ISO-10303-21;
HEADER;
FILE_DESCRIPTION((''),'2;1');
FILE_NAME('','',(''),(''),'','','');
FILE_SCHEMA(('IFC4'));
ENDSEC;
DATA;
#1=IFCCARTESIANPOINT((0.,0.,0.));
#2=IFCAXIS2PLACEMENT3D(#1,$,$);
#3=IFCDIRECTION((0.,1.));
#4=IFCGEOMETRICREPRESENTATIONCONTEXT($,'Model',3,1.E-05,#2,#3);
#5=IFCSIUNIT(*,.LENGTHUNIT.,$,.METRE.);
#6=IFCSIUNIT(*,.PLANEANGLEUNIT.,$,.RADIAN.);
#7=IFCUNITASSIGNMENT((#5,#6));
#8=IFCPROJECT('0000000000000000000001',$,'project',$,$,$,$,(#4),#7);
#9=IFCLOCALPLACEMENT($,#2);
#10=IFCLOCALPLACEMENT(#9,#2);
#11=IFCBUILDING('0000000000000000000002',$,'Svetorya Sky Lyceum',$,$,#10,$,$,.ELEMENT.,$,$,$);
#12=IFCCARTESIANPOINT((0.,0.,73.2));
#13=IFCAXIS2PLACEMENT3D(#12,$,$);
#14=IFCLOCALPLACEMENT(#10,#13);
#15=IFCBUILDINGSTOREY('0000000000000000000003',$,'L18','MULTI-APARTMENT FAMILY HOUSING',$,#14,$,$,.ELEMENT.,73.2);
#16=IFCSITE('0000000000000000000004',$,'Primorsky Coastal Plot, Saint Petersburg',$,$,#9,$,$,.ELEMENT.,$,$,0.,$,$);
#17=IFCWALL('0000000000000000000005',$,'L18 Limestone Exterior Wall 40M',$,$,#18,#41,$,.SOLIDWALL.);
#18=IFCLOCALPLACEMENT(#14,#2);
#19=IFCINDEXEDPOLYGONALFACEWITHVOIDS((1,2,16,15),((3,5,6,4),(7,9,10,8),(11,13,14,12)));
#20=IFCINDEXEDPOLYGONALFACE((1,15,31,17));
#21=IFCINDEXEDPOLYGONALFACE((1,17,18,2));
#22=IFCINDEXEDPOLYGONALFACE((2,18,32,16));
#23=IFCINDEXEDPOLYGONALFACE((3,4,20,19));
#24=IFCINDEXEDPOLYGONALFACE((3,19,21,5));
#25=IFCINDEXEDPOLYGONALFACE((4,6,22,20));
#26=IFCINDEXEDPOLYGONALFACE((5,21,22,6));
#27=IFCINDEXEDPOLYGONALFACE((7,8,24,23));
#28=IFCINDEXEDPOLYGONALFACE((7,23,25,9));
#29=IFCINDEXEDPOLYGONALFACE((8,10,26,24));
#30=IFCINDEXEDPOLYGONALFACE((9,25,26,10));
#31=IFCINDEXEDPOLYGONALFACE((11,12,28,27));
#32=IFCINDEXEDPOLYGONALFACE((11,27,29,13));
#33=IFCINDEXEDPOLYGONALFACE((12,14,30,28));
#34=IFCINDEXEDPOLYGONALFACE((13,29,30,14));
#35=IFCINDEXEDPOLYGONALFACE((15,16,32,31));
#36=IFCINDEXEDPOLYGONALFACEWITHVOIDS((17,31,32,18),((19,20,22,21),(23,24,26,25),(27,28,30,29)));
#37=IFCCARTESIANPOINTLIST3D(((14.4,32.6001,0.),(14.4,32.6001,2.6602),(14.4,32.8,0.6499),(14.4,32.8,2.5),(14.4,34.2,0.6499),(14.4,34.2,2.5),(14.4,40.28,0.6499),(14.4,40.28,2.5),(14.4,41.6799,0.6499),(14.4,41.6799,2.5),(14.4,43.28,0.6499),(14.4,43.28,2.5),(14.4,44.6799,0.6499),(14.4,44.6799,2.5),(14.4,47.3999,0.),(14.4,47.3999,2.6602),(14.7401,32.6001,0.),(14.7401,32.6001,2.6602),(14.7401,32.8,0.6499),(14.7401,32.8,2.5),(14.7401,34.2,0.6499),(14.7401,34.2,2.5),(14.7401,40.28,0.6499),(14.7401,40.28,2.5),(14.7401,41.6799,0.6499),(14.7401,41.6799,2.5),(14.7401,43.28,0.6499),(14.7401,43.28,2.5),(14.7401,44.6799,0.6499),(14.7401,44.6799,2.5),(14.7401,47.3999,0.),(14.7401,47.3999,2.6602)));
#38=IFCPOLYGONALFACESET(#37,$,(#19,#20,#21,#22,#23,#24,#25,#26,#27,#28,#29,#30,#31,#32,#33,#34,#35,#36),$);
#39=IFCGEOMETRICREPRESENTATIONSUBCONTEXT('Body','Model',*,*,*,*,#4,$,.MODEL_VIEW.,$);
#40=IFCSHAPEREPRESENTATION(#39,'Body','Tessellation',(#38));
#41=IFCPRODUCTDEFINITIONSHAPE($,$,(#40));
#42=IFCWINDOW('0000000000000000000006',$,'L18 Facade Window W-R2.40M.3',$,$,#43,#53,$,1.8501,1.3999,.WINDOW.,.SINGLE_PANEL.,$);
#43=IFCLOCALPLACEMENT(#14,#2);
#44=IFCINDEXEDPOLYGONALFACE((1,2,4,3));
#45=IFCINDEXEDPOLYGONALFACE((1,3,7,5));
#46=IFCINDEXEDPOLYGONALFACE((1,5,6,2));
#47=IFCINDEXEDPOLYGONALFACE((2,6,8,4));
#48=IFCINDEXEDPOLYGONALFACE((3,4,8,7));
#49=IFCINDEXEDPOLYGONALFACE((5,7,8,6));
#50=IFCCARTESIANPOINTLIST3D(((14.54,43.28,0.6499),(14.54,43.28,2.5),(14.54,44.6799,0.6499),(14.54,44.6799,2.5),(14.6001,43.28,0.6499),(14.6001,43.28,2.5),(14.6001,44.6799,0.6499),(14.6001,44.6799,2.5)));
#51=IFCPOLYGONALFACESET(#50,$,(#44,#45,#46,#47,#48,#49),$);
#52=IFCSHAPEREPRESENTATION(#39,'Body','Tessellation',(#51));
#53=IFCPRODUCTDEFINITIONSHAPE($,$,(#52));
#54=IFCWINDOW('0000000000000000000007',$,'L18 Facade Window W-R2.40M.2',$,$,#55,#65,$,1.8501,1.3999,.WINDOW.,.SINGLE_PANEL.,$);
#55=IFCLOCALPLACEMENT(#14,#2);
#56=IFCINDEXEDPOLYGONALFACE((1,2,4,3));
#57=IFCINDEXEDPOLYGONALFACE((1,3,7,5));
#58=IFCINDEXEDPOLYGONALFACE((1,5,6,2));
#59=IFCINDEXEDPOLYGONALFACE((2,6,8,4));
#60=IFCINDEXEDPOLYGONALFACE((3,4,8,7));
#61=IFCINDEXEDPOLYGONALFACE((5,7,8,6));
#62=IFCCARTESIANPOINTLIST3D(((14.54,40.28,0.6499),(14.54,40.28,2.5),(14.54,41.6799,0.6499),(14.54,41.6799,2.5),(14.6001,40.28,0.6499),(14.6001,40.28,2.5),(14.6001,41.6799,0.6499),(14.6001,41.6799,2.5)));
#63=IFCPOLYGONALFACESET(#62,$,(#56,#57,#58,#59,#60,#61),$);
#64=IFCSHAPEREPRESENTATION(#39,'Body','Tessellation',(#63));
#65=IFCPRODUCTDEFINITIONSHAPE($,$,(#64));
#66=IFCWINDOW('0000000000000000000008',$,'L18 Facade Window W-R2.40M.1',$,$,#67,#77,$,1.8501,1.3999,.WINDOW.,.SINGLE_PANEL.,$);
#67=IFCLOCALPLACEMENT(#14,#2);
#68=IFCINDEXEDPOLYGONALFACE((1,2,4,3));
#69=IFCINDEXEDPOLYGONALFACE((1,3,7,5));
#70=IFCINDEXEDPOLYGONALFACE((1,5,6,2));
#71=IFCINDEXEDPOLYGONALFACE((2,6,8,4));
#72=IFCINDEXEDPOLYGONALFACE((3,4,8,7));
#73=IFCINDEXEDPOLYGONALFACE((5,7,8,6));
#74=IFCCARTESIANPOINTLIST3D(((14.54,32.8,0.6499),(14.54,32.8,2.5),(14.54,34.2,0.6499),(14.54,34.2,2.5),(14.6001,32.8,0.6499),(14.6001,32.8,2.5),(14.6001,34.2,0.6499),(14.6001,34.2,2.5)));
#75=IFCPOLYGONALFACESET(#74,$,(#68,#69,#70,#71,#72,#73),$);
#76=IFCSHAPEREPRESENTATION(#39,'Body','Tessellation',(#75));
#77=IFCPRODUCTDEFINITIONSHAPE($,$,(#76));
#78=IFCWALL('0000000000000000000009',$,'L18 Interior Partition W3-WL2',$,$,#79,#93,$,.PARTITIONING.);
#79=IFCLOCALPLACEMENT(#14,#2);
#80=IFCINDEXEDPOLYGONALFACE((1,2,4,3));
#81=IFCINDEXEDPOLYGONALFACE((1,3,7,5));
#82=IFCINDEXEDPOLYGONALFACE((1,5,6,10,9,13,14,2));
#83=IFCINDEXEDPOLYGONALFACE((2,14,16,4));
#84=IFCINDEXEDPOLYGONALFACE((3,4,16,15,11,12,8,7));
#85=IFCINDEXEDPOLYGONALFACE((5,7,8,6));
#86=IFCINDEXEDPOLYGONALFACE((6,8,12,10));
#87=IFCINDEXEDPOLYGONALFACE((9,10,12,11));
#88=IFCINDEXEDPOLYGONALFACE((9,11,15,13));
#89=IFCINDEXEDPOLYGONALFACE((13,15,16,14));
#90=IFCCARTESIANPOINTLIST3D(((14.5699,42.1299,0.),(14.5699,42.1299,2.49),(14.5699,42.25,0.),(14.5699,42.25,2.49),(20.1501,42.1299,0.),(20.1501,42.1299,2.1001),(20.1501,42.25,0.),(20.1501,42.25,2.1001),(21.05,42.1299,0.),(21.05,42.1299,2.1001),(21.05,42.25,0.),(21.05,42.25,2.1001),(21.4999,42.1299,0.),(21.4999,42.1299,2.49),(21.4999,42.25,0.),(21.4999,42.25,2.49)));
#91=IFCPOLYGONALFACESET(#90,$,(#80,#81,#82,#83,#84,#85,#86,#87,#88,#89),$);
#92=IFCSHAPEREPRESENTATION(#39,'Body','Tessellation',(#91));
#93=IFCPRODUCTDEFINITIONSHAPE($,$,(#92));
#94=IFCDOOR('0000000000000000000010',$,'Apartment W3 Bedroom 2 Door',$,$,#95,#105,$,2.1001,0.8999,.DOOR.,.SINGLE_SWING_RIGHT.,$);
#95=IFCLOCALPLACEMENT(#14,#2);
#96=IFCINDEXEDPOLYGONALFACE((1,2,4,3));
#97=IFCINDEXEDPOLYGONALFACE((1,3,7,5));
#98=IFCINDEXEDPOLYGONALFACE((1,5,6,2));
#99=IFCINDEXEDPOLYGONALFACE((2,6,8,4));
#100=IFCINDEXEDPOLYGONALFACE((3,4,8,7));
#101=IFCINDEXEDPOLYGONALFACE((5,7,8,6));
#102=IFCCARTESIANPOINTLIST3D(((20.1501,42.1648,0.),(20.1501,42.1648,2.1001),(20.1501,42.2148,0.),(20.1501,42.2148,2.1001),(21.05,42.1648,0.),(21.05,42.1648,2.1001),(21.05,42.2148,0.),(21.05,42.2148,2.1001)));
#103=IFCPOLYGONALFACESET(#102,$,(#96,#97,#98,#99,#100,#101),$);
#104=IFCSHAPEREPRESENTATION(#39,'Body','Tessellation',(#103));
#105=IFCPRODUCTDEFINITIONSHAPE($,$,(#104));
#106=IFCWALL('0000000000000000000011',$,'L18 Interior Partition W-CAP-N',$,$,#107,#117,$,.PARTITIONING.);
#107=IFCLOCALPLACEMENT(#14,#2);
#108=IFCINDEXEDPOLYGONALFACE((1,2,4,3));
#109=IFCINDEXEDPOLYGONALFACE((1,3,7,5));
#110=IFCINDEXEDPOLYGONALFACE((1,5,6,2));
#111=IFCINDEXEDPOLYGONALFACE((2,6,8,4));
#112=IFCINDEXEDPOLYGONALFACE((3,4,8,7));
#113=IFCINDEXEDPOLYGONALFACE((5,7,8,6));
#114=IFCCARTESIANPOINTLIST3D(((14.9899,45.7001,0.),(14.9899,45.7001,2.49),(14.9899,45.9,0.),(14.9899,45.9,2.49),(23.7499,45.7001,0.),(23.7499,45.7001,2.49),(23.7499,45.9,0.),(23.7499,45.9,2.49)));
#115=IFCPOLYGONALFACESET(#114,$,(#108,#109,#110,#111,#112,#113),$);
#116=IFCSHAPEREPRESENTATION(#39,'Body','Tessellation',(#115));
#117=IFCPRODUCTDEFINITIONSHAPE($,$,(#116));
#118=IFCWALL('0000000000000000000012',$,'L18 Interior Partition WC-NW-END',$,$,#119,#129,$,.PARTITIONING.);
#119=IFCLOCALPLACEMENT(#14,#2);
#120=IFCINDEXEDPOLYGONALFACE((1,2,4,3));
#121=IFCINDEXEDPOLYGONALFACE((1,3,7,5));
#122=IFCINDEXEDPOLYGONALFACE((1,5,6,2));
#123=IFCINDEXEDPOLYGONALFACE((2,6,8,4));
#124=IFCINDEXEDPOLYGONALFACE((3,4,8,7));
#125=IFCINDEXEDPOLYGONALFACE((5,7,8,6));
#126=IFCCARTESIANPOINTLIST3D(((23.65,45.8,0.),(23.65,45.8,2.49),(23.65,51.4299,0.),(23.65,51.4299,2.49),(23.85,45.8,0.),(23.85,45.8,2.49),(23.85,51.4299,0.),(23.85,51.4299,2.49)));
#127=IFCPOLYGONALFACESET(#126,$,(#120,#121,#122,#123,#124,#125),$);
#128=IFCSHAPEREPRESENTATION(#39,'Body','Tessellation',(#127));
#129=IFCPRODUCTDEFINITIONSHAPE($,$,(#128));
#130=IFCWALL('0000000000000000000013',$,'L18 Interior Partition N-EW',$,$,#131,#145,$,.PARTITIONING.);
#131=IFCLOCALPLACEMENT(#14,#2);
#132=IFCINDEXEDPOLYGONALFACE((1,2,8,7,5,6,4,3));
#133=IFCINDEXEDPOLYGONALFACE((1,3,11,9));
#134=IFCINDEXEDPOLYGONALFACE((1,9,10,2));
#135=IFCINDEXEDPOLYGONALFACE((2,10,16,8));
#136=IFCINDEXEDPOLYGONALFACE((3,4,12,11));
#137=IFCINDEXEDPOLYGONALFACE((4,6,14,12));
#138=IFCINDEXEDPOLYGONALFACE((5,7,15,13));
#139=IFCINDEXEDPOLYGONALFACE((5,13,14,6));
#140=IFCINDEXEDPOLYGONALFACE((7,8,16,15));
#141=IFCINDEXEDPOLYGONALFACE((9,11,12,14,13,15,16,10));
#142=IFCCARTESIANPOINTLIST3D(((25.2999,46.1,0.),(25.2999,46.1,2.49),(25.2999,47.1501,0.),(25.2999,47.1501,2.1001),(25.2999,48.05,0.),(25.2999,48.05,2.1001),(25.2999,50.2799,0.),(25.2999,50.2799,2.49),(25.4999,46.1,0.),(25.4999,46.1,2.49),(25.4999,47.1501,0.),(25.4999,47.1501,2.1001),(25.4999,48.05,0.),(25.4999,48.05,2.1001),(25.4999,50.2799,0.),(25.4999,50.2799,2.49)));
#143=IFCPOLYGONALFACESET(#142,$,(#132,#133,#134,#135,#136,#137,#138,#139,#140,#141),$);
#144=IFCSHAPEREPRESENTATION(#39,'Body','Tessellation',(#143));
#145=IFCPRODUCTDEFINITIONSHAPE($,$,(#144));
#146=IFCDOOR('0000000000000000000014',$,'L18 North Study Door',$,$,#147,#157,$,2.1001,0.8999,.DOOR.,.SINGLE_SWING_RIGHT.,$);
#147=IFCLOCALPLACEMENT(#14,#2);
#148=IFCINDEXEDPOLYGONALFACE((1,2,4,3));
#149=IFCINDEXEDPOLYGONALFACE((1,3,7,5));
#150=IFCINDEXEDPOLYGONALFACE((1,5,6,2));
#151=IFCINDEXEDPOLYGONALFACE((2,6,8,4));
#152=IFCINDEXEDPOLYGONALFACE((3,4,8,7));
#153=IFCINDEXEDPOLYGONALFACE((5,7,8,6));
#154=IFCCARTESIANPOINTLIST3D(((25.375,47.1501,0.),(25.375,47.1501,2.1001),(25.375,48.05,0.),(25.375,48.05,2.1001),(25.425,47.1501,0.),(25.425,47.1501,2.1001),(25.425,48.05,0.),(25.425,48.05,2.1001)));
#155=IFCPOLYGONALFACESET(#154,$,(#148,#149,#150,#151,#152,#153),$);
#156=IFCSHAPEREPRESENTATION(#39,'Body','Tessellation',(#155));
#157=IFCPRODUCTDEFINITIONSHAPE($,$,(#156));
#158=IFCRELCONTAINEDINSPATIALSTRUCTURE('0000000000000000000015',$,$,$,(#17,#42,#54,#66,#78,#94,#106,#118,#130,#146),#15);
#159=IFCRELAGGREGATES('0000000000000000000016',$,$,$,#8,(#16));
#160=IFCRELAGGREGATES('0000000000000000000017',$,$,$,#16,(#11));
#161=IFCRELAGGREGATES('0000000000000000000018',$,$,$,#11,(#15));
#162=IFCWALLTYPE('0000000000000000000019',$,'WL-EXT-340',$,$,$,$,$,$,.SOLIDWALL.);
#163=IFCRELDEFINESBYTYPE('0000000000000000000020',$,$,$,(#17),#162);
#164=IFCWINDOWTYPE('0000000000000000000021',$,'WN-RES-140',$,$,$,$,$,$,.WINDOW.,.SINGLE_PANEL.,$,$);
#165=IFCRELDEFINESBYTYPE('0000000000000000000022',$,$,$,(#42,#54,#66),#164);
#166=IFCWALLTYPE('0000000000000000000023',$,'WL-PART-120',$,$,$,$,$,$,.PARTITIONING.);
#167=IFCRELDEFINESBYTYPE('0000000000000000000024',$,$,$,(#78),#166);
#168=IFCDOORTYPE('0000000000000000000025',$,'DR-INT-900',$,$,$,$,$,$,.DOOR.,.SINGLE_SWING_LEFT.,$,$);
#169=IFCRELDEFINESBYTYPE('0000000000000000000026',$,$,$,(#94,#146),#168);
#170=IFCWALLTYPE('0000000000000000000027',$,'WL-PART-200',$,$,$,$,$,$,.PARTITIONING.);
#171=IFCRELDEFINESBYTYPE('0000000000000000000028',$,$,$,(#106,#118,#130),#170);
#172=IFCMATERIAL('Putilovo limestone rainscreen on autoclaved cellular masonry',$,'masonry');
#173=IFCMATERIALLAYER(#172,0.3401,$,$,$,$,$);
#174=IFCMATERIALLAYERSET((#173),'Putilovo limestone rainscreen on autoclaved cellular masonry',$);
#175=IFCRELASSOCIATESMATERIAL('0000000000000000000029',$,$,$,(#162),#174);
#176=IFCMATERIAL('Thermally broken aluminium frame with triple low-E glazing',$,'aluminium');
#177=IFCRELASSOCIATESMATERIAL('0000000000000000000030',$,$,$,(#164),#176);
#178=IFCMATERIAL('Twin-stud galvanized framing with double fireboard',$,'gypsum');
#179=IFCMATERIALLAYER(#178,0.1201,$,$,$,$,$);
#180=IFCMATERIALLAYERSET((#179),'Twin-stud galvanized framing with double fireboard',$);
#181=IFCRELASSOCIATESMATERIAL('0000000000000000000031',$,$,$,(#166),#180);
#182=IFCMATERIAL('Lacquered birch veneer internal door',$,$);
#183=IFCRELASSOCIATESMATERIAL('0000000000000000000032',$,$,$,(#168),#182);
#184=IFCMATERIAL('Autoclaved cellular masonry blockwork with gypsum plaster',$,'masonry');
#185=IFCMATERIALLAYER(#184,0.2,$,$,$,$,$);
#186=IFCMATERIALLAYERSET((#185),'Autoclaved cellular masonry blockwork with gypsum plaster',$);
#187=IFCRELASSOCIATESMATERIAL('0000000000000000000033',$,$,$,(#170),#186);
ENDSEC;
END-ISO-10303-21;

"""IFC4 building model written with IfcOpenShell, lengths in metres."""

from ifc_helpers import new_model, si_unit, direction, frame, frame_2d, origin, place, context, subcontext, project, spatial, rectangle, extrude, material, layer, layer_set, type_object, element, fill, save


model = new_model("IFC4")

# Units and contexts
model_context = context("Model", 3, precision=1e-05, world=origin(), true_north=direction((0.0, 1.0)))
body_context = subcontext(model_context, "Body", "Model", "MODEL_VIEW")
ifc_project = project(units=[si_unit("LENGTHUNIT", "METRE"), si_unit("PLANEANGLEUNIT", "RADIAN")], contexts=[model_context])

# Site, building, storey
site_placement = place(None, origin())
site = spatial("IfcSite", under=ifc_project, at=site_placement, Name="Primorsky Coastal Plot, Saint Petersburg", CompositionType="ELEMENT", RefElevation=0.0)
building_placement = place(site_placement, origin())
building = spatial("IfcBuilding", under=site, at=building_placement, Name="Svetorya Sky Lyceum", CompositionType="ELEMENT")
storey_placement = place(building_placement, frame((0.0, 0.0, 73.2)))
storey = spatial("IfcBuildingStorey", under=building, at=storey_placement, Name="L18", Description="MULTI-APARTMENT FAMILY HOUSING", CompositionType="ELEMENT", Elevation=73.2)

# Shared definitions
ifc_material_1 = material(Name="Putilovo limestone rainscreen on autoclaved cellular masonry", Category="masonry")
ifc_layer_1 = layer(ifc_material_1, 0.3401)
ifc_layer_set_1 = layer_set([ifc_layer_1], Name="Putilovo limestone rainscreen on autoclaved cellular masonry")
wall_type_1 = type_object("IfcWallType", Name="WL-EXT-340", PredefinedType="SOLIDWALL", material=ifc_layer_set_1)

# Wall, openings, windows
wall_1_placement = place(storey_placement, frame((14.5701, 47.3999, 0.0), z_axis=(0.0, 0.0, 1.0), x_axis=(0.0, -1.0, 0.0)))
wall_1 = element("IfcWall", 1, at=wall_1_placement, inside=storey, type_object=wall_type_1, Name="L18 Limestone Exterior Wall 40M", PredefinedType="SOLIDWALL", context=body_context, shape_type="SweptSolid", body=[
    extrude(rectangle(XDim=14.7998, YDim=0.3401, at=frame_2d((7.3999, 0.0))), origin(), (0.0, 0.0, 1.0), 2.6602),
])
opening_1_placement = place(wall_1_placement, frame((2.72, 0.0, 0.6499)))
opening_1 = element("IfcOpeningElement", 2, at=opening_1_placement, cuts=wall_1, PredefinedType="OPENING", context=body_context, shape_type="SweptSolid", body=[
    extrude(rectangle(XDim=1.3999, YDim=1.8501, at=frame_2d((0.7, 0.925))), frame((0.0, 0.1799, 0.0), z_axis=(0.0, -1.0, 0.0), x_axis=(1.0, 0.0, 0.0)), (0.0, 0.0, 1.0), 0.3601),
])
opening_2_placement = place(wall_1_placement, frame((5.72, 0.0, 0.6499)))
opening_2 = element("IfcOpeningElement", 3, at=opening_2_placement, cuts=wall_1, PredefinedType="OPENING", context=body_context, shape_type="SweptSolid", body=[
    extrude(rectangle(XDim=1.3999, YDim=1.8501, at=frame_2d((0.7, 0.925))), frame((0.0, 0.1799, 0.0), z_axis=(0.0, -1.0, 0.0), x_axis=(1.0, 0.0, 0.0)), (0.0, 0.0, 1.0), 0.3601),
])
opening_3_placement = place(wall_1_placement, frame((13.2, 0.0, 0.6499)))
opening_3 = element("IfcOpeningElement", 4, at=opening_3_placement, cuts=wall_1, PredefinedType="OPENING", context=body_context, shape_type="SweptSolid", body=[
    extrude(rectangle(XDim=1.3999, YDim=1.8501, at=frame_2d((0.7, 0.925))), frame((0.0, 0.1799, 0.0), z_axis=(0.0, -1.0, 0.0), x_axis=(1.0, 0.0, 0.0)), (0.0, 0.0, 1.0), 0.3601),
])
ifc_material_2 = material(Name="Thermally broken aluminium frame with triple low-E glazing", Category="aluminium")
window_type = type_object("IfcWindowType", Name="WN-RES-140", PartitioningType="SINGLE_PANEL", PredefinedType="WINDOW", material=ifc_material_2)
window_1_placement = place(opening_1_placement, origin())
window_1 = element("IfcWindow", 5, at=window_1_placement, inside=storey, type_object=window_type, Name="L18 Facade Window W-R2.40M.3", OverallHeight=1.8501, OverallWidth=1.3999, PartitioningType="SINGLE_PANEL", PredefinedType="WINDOW", context=body_context, shape_type="SweptSolid", body=[
    extrude(rectangle(XDim=1.3999, YDim=1.8501, at=frame_2d((0.7, 0.925))), frame((0.0, 0.03, 0.0), z_axis=(0.0, -1.0, 0.0), x_axis=(1.0, 0.0, 0.0)), (0.0, 0.0, 1.0), 0.0601),
])
fill(opening_1, window_1)
window_2_placement = place(opening_2_placement, origin())
window_2 = element("IfcWindow", 6, at=window_2_placement, inside=storey, type_object=window_type, Name="L18 Facade Window W-R2.40M.2", OverallHeight=1.8501, OverallWidth=1.3999, PartitioningType="SINGLE_PANEL", PredefinedType="WINDOW", context=body_context, shape_type="SweptSolid", body=[
    extrude(rectangle(XDim=1.3999, YDim=1.8501, at=frame_2d((0.7, 0.925))), frame((0.0, 0.03, 0.0), z_axis=(0.0, -1.0, 0.0), x_axis=(1.0, 0.0, 0.0)), (0.0, 0.0, 1.0), 0.0601),
])
fill(opening_2, window_2)
window_3_placement = place(opening_3_placement, origin())
window_3 = element("IfcWindow", 7, at=window_3_placement, inside=storey, type_object=window_type, Name="L18 Facade Window W-R2.40M.1", OverallHeight=1.8501, OverallWidth=1.3999, PartitioningType="SINGLE_PANEL", PredefinedType="WINDOW", context=body_context, shape_type="SweptSolid", body=[
    extrude(rectangle(XDim=1.3999, YDim=1.8501, at=frame_2d((0.7, 0.925))), frame((0.0, 0.03, 0.0), z_axis=(0.0, -1.0, 0.0), x_axis=(1.0, 0.0, 0.0)), (0.0, 0.0, 1.0), 0.0601),
])
fill(opening_3, window_3)

# Wall, opening, door
ifc_material_3 = material(Name="Twin-stud galvanized framing with double fireboard", Category="gypsum")
ifc_layer_2 = layer(ifc_material_3, 0.1201)
ifc_layer_set_2 = layer_set([ifc_layer_2], Name="Twin-stud galvanized framing with double fireboard")
wall_type_2 = type_object("IfcWallType", Name="WL-PART-120", PredefinedType="PARTITIONING", material=ifc_layer_set_2)
wall_2_placement = place(storey_placement, frame((14.5701, 42.1899, 0.0), z_axis=(0.0, 0.0, 1.0), x_axis=(1.0, 0.0, 0.0)))
wall_2 = element("IfcWall", 8, at=wall_2_placement, inside=storey, type_object=wall_type_2, Name="L18 Interior Partition W3-WL2", PredefinedType="PARTITIONING", context=body_context, shape_type="SweptSolid", body=[
    extrude(rectangle(XDim=6.9299, YDim=0.1201, at=frame_2d((3.4648, 0.0))), origin(), (0.0, 0.0, 1.0), 2.49),
])
opening_4_placement = place(wall_2_placement, frame((5.5801, 0.0, 0.0)))
opening_4 = element("IfcOpeningElement", 9, at=opening_4_placement, cuts=wall_2, PredefinedType="OPENING", context=body_context, shape_type="SweptSolid", body=[
    extrude(rectangle(XDim=0.8999, YDim=2.1001, at=frame_2d((0.45, 1.05))), frame((0.0, 0.0701, 0.0), z_axis=(0.0, -1.0, 0.0), x_axis=(1.0, 0.0, 0.0)), (0.0, 0.0, 1.0), 0.1401),
])
ifc_material_4 = material(Name="Lacquered birch veneer internal door")
door_type = type_object("IfcDoorType", Name="DR-INT-900", OperationType="SINGLE_SWING_LEFT", PredefinedType="DOOR", material=ifc_material_4)
door_1_placement = place(opening_4_placement, origin())
door_1 = element("IfcDoor", 10, at=door_1_placement, inside=storey, type_object=door_type, Name="Apartment W3 Bedroom 2 Door", OperationType="SINGLE_SWING_RIGHT", OverallHeight=2.1001, OverallWidth=0.8999, PredefinedType="DOOR", context=body_context, shape_type="SweptSolid", body=[
    extrude(rectangle(XDim=0.8999, YDim=2.1001, at=frame_2d((0.45, 1.05))), frame((0.0, 0.0249, 0.0), z_axis=(0.0, -1.0, 0.0), x_axis=(1.0, 0.0, 0.0)), (0.0, 0.0, 1.0), 0.05),
])
fill(opening_4, door_1)

# Walls
ifc_material_5 = material(Name="Autoclaved cellular masonry blockwork with gypsum plaster", Category="masonry")
ifc_layer_3 = layer(ifc_material_5, 0.2)
ifc_layer_set_3 = layer_set([ifc_layer_3], Name="Autoclaved cellular masonry blockwork with gypsum plaster")
wall_type_3 = type_object("IfcWallType", Name="WL-PART-200", PredefinedType="PARTITIONING", material=ifc_layer_set_3)
wall_3_placement = place(storey_placement, frame((14.99, 45.8, 0.0), z_axis=(0.0, 0.0, 1.0), x_axis=(1.0, 0.0, 0.0)))
element("IfcWall", 11, at=wall_3_placement, inside=storey, type_object=wall_type_3, Name="L18 Interior Partition W-CAP-N", PredefinedType="PARTITIONING", context=body_context, shape_type="SweptSolid", body=[
    extrude(rectangle(XDim=8.76, YDim=0.2, at=frame_2d((4.3799, 0.0))), origin(), (0.0, 0.0, 1.0), 2.49),
])
wall_4_placement = place(storey_placement, frame((23.75, 45.8, 0.0), z_axis=(0.0, 0.0, 1.0), x_axis=(0.0, 1.0, 0.0)))
element("IfcWall", 12, at=wall_4_placement, inside=storey, type_object=wall_type_3, Name="L18 Interior Partition WC-NW-END", PredefinedType="PARTITIONING", context=body_context, shape_type="SweptSolid", body=[
    extrude(rectangle(XDim=5.6299, YDim=0.2, at=frame_2d((2.8149, 0.0))), origin(), (0.0, 0.0, 1.0), 2.49),
])

# Wall, opening, door
wall_5_placement = place(storey_placement, frame((25.3999, 46.1001, 0.0), z_axis=(0.0, 0.0, 1.0), x_axis=(0.0, 1.0, 0.0)))
wall_5 = element("IfcWall", 13, at=wall_5_placement, inside=storey, type_object=wall_type_3, Name="L18 Interior Partition N-EW", PredefinedType="PARTITIONING", context=body_context, shape_type="SweptSolid", body=[
    extrude(rectangle(XDim=4.1799, YDim=0.2, at=frame_2d((2.0898, 0.0))), origin(), (0.0, 0.0, 1.0), 2.49),
])
opening_5_placement = place(wall_5_placement, frame((1.05, 0.0, 0.0)))
opening_5 = element("IfcOpeningElement", 14, at=opening_5_placement, cuts=wall_5, PredefinedType="OPENING", context=body_context, shape_type="SweptSolid", body=[
    extrude(rectangle(XDim=0.8999, YDim=2.1001, at=frame_2d((0.45, 1.05))), frame((0.0, 0.1099, 0.0), z_axis=(0.0, -1.0, 0.0), x_axis=(1.0, 0.0, 0.0)), (0.0, 0.0, 1.0), 0.22),
])
door_2_placement = place(opening_5_placement, origin())
door_2 = element("IfcDoor", 15, at=door_2_placement, inside=storey, type_object=door_type, Name="L18 North Study Door", OperationType="SINGLE_SWING_RIGHT", OverallHeight=2.1001, OverallWidth=0.8999, PredefinedType="DOOR", context=body_context, shape_type="SweptSolid", body=[
    extrude(rectangle(XDim=0.8999, YDim=2.1001, at=frame_2d((0.45, 1.05))), frame((0.0, 0.0249, 0.0), z_axis=(0.0, -1.0, 0.0), x_axis=(1.0, 0.0, 0.0)), (0.0, 0.0, 1.0), 0.05),
])
fill(opening_5, door_2)

save(model, "model.ifc")
